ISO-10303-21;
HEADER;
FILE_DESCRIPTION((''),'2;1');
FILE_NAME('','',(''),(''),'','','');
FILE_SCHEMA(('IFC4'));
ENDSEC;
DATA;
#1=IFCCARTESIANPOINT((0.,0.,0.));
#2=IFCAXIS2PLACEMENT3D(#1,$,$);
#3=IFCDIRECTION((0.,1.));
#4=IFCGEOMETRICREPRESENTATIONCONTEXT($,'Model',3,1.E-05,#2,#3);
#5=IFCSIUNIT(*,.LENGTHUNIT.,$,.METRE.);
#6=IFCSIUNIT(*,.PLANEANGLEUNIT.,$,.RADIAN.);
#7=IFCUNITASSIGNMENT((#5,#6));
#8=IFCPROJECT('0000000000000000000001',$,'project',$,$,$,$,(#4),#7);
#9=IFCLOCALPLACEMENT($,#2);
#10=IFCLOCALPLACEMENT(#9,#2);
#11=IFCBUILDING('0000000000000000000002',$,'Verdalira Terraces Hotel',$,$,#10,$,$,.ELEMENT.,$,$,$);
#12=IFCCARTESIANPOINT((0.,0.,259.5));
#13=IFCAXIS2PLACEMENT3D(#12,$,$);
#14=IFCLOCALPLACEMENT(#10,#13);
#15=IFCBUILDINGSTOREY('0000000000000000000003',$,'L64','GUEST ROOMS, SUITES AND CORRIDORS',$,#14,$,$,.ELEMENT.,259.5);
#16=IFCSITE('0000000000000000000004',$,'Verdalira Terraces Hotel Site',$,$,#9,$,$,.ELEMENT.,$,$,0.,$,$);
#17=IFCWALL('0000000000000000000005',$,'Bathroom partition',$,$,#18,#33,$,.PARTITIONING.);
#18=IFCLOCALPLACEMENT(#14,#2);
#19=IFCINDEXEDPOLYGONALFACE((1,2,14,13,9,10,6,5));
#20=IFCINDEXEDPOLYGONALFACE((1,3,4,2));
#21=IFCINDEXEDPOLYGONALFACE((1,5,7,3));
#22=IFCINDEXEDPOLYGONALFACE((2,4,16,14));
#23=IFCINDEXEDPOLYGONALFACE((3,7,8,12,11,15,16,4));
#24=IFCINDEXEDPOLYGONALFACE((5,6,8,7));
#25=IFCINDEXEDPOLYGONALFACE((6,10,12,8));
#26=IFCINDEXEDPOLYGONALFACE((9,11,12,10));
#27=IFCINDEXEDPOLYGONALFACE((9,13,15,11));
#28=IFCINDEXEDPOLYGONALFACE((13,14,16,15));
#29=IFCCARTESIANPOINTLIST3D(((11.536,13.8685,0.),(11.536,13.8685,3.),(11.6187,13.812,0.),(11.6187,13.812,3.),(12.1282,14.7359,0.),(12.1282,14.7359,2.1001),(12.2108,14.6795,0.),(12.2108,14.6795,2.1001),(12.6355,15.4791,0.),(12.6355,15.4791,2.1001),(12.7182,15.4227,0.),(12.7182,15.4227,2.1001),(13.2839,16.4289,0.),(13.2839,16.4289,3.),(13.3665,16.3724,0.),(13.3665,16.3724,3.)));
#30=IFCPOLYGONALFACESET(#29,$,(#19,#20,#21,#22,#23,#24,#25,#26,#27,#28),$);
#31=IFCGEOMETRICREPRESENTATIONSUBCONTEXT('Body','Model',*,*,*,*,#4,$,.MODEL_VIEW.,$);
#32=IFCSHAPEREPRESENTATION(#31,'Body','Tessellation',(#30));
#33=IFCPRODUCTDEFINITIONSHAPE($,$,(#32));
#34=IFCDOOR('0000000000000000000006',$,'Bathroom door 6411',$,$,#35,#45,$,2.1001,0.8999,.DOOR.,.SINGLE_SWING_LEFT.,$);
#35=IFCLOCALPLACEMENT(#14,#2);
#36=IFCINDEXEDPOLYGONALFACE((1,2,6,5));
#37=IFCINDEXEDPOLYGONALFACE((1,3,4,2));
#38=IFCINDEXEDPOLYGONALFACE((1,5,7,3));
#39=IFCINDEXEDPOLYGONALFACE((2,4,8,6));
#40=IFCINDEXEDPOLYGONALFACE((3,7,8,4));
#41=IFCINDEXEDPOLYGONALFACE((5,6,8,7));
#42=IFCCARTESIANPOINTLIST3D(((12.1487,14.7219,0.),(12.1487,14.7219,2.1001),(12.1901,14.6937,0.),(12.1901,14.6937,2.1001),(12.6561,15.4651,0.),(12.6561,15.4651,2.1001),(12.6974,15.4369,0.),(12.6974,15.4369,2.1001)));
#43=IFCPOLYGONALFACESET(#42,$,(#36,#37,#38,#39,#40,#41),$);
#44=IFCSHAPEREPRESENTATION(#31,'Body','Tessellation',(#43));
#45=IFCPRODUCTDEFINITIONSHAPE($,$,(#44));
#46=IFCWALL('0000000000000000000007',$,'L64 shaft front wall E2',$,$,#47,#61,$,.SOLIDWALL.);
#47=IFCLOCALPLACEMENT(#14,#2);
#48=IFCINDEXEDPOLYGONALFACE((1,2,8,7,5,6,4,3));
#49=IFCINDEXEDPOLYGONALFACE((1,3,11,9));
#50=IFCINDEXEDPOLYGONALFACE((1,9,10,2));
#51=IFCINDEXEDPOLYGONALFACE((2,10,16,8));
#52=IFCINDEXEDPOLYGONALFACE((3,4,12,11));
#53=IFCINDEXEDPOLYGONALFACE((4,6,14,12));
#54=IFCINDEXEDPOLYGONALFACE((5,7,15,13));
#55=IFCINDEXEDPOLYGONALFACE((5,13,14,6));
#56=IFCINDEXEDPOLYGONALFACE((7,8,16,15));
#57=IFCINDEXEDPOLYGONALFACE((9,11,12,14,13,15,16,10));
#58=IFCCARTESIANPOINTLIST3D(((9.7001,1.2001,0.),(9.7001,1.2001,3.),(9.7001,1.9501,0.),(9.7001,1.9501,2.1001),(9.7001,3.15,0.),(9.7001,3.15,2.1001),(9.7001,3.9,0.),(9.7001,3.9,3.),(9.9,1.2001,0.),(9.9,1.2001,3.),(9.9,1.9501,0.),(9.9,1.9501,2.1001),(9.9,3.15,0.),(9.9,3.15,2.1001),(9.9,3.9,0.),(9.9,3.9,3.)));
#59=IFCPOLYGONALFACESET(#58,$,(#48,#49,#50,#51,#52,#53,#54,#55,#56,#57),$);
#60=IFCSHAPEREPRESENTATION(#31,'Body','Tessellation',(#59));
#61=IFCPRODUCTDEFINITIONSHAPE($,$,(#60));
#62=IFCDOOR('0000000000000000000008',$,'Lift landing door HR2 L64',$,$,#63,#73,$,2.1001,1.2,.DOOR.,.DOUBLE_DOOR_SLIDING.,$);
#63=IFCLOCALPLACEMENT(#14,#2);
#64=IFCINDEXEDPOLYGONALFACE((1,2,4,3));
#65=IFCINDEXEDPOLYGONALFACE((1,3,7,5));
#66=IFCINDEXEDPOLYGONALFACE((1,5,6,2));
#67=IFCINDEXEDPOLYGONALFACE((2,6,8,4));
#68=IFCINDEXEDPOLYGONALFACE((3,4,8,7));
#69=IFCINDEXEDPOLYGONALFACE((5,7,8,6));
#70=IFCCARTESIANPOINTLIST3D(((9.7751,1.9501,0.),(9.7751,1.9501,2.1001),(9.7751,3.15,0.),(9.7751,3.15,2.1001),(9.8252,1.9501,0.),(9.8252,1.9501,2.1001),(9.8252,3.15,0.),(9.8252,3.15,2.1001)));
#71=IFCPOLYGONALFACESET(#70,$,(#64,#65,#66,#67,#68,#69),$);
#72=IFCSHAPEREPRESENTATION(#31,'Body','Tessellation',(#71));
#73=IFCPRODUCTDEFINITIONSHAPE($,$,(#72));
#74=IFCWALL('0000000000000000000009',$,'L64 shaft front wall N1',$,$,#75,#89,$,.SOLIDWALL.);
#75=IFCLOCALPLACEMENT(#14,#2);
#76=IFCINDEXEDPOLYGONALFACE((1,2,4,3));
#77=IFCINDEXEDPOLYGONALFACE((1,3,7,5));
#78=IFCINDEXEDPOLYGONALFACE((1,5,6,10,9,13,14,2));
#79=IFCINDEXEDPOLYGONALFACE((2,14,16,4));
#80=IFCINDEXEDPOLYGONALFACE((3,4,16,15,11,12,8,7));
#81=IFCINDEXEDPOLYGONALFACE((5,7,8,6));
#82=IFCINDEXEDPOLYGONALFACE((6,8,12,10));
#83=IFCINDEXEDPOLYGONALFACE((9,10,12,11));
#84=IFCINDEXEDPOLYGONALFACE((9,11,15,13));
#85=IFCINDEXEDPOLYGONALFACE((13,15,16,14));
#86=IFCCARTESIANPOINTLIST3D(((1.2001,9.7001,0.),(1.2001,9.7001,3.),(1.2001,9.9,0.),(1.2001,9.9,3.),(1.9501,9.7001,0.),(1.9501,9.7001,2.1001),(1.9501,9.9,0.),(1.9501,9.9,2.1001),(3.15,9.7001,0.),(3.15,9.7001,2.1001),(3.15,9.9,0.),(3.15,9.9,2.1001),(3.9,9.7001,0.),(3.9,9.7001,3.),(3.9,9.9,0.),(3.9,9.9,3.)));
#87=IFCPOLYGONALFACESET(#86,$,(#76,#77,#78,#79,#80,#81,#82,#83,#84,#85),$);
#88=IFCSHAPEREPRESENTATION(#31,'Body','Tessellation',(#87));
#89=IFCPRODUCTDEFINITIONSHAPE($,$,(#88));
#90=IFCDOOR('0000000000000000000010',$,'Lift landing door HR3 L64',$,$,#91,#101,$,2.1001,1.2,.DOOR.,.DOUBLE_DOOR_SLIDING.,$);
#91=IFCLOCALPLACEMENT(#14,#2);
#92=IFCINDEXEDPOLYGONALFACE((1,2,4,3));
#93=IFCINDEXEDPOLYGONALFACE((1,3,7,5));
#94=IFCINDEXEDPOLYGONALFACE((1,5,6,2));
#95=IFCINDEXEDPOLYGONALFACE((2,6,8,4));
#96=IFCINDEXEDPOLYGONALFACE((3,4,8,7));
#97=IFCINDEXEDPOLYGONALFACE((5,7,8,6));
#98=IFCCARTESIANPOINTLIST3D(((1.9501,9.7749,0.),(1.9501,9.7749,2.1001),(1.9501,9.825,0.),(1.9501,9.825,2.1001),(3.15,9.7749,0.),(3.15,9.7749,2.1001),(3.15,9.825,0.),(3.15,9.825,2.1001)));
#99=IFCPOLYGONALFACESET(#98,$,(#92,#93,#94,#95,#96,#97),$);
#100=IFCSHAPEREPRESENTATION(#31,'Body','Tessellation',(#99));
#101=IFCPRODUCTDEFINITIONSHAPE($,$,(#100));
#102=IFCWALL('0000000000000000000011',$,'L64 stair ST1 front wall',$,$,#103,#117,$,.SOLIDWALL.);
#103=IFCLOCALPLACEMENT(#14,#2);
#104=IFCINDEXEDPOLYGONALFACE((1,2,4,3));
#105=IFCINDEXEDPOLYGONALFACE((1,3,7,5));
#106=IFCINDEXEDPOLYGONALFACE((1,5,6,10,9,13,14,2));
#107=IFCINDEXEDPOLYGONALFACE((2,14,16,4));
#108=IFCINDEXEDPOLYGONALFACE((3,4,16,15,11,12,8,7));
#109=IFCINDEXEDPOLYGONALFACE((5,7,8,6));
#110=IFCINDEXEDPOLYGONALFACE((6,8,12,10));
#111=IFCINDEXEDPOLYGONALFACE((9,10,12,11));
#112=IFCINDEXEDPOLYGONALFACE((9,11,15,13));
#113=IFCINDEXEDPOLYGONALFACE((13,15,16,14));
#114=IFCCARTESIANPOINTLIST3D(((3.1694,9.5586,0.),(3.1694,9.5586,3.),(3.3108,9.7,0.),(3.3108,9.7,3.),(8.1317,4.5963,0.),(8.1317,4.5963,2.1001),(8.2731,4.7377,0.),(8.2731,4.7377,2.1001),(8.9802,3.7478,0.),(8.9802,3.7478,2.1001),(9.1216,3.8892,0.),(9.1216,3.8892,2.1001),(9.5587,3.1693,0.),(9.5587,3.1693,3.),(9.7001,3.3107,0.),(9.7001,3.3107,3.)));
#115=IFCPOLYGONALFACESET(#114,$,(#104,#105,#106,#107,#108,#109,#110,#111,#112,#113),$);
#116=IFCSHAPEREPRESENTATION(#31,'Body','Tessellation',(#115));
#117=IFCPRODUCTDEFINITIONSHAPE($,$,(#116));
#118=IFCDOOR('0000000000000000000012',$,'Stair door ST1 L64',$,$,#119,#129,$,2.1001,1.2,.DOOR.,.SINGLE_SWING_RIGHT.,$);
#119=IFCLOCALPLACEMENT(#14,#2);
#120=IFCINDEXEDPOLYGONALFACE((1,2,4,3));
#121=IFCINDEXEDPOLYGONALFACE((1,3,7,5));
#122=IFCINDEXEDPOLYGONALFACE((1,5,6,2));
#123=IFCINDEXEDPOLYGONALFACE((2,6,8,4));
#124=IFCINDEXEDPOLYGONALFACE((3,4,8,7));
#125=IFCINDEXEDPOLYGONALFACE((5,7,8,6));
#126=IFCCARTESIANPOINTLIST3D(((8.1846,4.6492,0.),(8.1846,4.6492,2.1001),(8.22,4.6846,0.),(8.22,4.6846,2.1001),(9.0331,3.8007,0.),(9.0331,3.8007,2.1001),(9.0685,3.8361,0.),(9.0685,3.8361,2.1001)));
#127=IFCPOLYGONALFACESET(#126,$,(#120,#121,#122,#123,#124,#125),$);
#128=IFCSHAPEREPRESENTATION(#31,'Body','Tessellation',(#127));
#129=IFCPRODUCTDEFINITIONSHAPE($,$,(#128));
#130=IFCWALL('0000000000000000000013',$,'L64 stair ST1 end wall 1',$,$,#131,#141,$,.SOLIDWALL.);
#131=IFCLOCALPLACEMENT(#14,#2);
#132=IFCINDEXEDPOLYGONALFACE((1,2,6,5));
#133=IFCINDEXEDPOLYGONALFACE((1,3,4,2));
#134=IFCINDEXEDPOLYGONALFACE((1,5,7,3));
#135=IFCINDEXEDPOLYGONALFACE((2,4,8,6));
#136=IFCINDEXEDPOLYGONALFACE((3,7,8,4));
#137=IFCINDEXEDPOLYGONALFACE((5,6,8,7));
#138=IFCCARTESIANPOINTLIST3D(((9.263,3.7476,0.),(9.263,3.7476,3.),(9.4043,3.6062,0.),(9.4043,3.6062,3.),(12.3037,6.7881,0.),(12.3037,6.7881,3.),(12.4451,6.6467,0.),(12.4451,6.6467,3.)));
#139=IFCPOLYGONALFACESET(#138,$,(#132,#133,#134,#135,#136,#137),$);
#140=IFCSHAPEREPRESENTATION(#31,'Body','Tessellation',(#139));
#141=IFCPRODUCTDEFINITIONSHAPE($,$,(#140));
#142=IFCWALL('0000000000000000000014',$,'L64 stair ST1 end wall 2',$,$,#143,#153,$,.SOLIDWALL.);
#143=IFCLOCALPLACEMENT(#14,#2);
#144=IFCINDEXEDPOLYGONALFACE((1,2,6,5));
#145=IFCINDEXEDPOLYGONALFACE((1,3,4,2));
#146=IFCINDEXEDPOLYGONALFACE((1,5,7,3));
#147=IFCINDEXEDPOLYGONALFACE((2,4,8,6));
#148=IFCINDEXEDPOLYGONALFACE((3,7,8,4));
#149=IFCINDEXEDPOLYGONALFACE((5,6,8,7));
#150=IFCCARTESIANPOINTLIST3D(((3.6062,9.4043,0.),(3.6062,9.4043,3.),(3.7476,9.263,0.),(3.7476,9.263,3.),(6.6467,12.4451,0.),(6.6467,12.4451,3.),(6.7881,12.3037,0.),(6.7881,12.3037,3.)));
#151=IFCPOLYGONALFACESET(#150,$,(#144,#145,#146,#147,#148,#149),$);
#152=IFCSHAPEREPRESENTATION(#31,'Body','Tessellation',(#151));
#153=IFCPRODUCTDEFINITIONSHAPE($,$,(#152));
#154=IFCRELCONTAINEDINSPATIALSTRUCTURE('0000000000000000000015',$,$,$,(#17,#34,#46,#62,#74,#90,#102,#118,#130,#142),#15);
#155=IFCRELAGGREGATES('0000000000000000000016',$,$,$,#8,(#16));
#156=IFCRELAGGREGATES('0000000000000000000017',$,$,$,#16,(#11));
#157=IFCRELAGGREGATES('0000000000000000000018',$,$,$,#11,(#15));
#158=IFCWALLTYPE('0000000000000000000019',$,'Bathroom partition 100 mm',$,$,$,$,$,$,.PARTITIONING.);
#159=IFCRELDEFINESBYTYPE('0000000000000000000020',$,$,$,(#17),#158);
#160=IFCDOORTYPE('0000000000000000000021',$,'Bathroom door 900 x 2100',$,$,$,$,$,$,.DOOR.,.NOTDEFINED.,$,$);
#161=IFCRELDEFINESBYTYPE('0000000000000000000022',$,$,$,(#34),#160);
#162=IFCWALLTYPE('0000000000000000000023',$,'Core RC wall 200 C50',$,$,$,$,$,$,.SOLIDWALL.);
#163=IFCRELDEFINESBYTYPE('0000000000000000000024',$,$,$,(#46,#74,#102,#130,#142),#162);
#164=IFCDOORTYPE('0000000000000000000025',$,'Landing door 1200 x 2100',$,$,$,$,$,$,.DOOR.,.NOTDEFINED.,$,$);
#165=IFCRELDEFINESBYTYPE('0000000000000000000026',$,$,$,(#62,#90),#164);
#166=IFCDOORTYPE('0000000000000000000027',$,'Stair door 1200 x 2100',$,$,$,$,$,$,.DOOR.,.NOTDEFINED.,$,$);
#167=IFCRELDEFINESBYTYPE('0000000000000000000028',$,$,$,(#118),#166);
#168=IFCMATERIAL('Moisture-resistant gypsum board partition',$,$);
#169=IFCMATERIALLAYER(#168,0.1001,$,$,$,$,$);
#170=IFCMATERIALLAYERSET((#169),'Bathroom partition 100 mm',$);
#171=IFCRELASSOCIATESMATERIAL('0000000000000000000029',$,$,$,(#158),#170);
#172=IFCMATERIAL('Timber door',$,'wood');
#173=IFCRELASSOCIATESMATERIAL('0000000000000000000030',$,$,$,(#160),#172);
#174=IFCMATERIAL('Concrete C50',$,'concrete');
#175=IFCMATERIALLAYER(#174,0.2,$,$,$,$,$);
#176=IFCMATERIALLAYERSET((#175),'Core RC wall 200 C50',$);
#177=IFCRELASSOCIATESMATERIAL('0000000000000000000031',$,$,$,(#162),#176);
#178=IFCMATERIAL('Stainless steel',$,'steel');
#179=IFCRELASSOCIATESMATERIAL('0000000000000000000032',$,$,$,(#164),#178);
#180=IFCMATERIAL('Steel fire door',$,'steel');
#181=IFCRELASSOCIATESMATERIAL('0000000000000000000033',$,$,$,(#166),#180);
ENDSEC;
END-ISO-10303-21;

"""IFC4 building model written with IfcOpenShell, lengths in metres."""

from ifc_helpers import new_model, si_unit, direction, frame, frame_2d, origin, place, context, subcontext, project, spatial, rectangle, extrude, material, layer, layer_set, type_object, element, fill, save


model = new_model("IFC4")

# Units and contexts
model_context = context("Model", 3, precision=1e-05, world=origin(), true_north=direction((0.0, 1.0)))
body_context = subcontext(model_context, "Body", "Model", "MODEL_VIEW")
ifc_project = project(units=[si_unit("LENGTHUNIT", "METRE"), si_unit("PLANEANGLEUNIT", "RADIAN")], contexts=[model_context])

# Site, building, storey
site_placement = place(None, origin())
site = spatial("IfcSite", under=ifc_project, at=site_placement, Name="Verdalira Terraces Hotel Site", CompositionType="ELEMENT", RefElevation=0.0)
building_placement = place(site_placement, origin())
building = spatial("IfcBuilding", under=site, at=building_placement, Name="Verdalira Terraces Hotel", CompositionType="ELEMENT")
storey_placement = place(building_placement, frame((0.0, 0.0, 259.5)))
storey = spatial("IfcBuildingStorey", under=building, at=storey_placement, Name="L64", Description="GUEST ROOMS, SUITES AND CORRIDORS", CompositionType="ELEMENT", Elevation=259.5)

# Walls, openings, doors
ifc_material_1 = material(Name="Moisture-resistant gypsum board partition")
ifc_layer_1 = layer(ifc_material_1, 0.1001)
ifc_layer_set_1 = layer_set([ifc_layer_1], Name="Bathroom partition 100 mm")
wall_type_1 = type_object("IfcWallType", Name="Bathroom partition 100 mm", PredefinedType="PARTITIONING", material=ifc_layer_set_1)
wall_1_placement = place(storey_placement, frame((13.3252, 16.4006, 0.0), z_axis=(0.0, 0.0, 1.0), x_axis=(-0.563808, -0.825906, 0.0)))
wall_1 = element("IfcWall", 1, at=wall_1_placement, inside=storey, type_object=wall_type_1, Name="Bathroom partition", PredefinedType="PARTITIONING", context=body_context, shape_type="SweptSolid", body=[
    extrude(rectangle(XDim=3.1001, YDim=0.1001, at=frame_2d((1.55, 0.0))), origin(), (0.0, 0.0, 1.0), 3.0),
])
opening_1_placement = place(wall_1_placement, frame((1.1499, 0.0, 0.0)))
opening_1 = element("IfcOpeningElement", 2, at=opening_1_placement, cuts=wall_1, PredefinedType="OPENING", context=body_context, shape_type="SweptSolid", body=[
    extrude(rectangle(XDim=0.8999, YDim=2.1001, at=frame_2d((0.45, 1.05))), frame((0.0, 0.0601, 0.0), z_axis=(0.0, -1.0, 0.0), x_axis=(1.0, 0.0, 0.0)), (0.0, 0.0, 1.0), 0.1201),
])
ifc_material_2 = material(Name="Timber door", Category="wood")
door_type_1 = type_object("IfcDoorType", Name="Bathroom door 900 x 2100", OperationType="NOTDEFINED", PredefinedType="DOOR", material=ifc_material_2)
door_1_placement = place(opening_1_placement, origin())
door_1 = element("IfcDoor", 3, at=door_1_placement, inside=storey, type_object=door_type_1, Name="Bathroom door 6411", OperationType="SINGLE_SWING_LEFT", OverallHeight=2.1001, OverallWidth=0.8999, PredefinedType="DOOR", context=body_context, shape_type="SweptSolid", body=[
    extrude(rectangle(XDim=0.8999, YDim=2.1001, at=frame_2d((0.45, 1.05))), frame((0.0, 0.0249, 0.0), z_axis=(0.0, -1.0, 0.0), x_axis=(1.0, 0.0, 0.0)), (0.0, 0.0, 1.0), 0.05),
])
fill(opening_1, door_1)
ifc_material_3 = material(Name="Concrete C50", Category="concrete")
ifc_layer_2 = layer(ifc_material_3, 0.2)
ifc_layer_set_2 = layer_set([ifc_layer_2], Name="Core RC wall 200 C50")
wall_type_2 = type_object("IfcWallType", Name="Core RC wall 200 C50", PredefinedType="SOLIDWALL", material=ifc_layer_set_2)
wall_2_placement = place(storey_placement, frame((9.8, 1.2, 0.0), z_axis=(0.0, 0.0, 1.0), x_axis=(0.0, 1.0, 0.0)))
wall_2 = element("IfcWall", 4, at=wall_2_placement, inside=storey, type_object=wall_type_2, Name="L64 shaft front wall E2", PredefinedType="SOLIDWALL", context=body_context, shape_type="SweptSolid", body=[
    extrude(rectangle(XDim=2.7, YDim=0.2, at=frame_2d((1.3501, 0.0))), origin(), (0.0, 0.0, 1.0), 3.0),
])
opening_2_placement = place(wall_2_placement, frame((0.75, 0.0, 0.0)))
opening_2 = element("IfcOpeningElement", 5, at=opening_2_placement, cuts=wall_2, PredefinedType="OPENING", context=body_context, shape_type="SweptSolid", body=[
    extrude(rectangle(XDim=1.2, YDim=2.1001, at=frame_2d((0.6001, 1.05))), frame((0.0, 0.1099, 0.0), z_axis=(0.0, -1.0, 0.0), x_axis=(1.0, 0.0, 0.0)), (0.0, 0.0, 1.0), 0.22),
])
ifc_material_4 = material(Name="Stainless steel", Category="steel")
door_type_2 = type_object("IfcDoorType", Name="Landing door 1200 x 2100", OperationType="NOTDEFINED", PredefinedType="DOOR", material=ifc_material_4)
door_2_placement = place(opening_2_placement, origin())
door_2 = element("IfcDoor", 6, at=door_2_placement, inside=storey, type_object=door_type_2, Name="Lift landing door HR2 L64", OperationType="DOUBLE_DOOR_SLIDING", OverallHeight=2.1001, OverallWidth=1.2, PredefinedType="DOOR", context=body_context, shape_type="SweptSolid", body=[
    extrude(rectangle(XDim=1.2, YDim=2.1001, at=frame_2d((0.6001, 1.05))), frame((0.0, 0.0249, 0.0), z_axis=(0.0, -1.0, 0.0), x_axis=(1.0, 0.0, 0.0)), (0.0, 0.0, 1.0), 0.05),
])
fill(opening_2, door_2)
wall_3_placement = place(storey_placement, frame((1.2, 9.8, 0.0), z_axis=(0.0, 0.0, 1.0), x_axis=(1.0, 0.0, 0.0)))
wall_3 = element("IfcWall", 7, at=wall_3_placement, inside=storey, type_object=wall_type_2, Name="L64 shaft front wall N1", PredefinedType="SOLIDWALL", context=body_context, shape_type="SweptSolid", body=[
    extrude(rectangle(XDim=2.7, YDim=0.2, at=frame_2d((1.3501, 0.0))), origin(), (0.0, 0.0, 1.0), 3.0),
])
opening_3_placement = place(wall_3_placement, frame((0.75, 0.0, 0.0)))
opening_3 = element("IfcOpeningElement", 8, at=opening_3_placement, cuts=wall_3, PredefinedType="OPENING", context=body_context, shape_type="SweptSolid", body=[
    extrude(rectangle(XDim=1.2, YDim=2.1001, at=frame_2d((0.6001, 1.05))), frame((0.0, 0.1099, 0.0), z_axis=(0.0, -1.0, 0.0), x_axis=(1.0, 0.0, 0.0)), (0.0, 0.0, 1.0), 0.22),
])
door_3_placement = place(opening_3_placement, origin())
door_3 = element("IfcDoor", 9, at=door_3_placement, inside=storey, type_object=door_type_2, Name="Lift landing door HR3 L64", OperationType="DOUBLE_DOOR_SLIDING", OverallHeight=2.1001, OverallWidth=1.2, PredefinedType="DOOR", context=body_context, shape_type="SweptSolid", body=[
    extrude(rectangle(XDim=1.2, YDim=2.1001, at=frame_2d((0.6001, 1.05))), frame((0.0, 0.0249, 0.0), z_axis=(0.0, -1.0, 0.0), x_axis=(1.0, 0.0, 0.0)), (0.0, 0.0, 1.0), 0.05),
])
fill(opening_3, door_3)
wall_4_placement = place(storey_placement, frame((3.24, 9.6294, 0.0), z_axis=(0.0, 0.0, 1.0), x_axis=(0.707107, -0.707107, 0.0)))
wall_4 = element("IfcWall", 10, at=wall_4_placement, inside=storey, type_object=wall_type_2, Name="L64 stair ST1 front wall", PredefinedType="SOLIDWALL", context=body_context, shape_type="SweptSolid", body=[
    extrude(rectangle(XDim=9.0359, YDim=0.2, at=frame_2d((4.5181, 0.0))), origin(), (0.0, 0.0, 1.0), 3.0),
])
opening_4_placement = place(wall_4_placement, frame((7.0178, 0.0, 0.0)))
opening_4 = element("IfcOpeningElement", 11, at=opening_4_placement, cuts=wall_4, PredefinedType="OPENING", context=body_context, shape_type="SweptSolid", body=[
    extrude(rectangle(XDim=1.2, YDim=2.1001, at=frame_2d((0.6001, 1.05))), frame((0.0, 0.1099, 0.0), z_axis=(0.0, -1.0, 0.0), x_axis=(1.0, 0.0, 0.0)), (0.0, 0.0, 1.0), 0.22),
])
ifc_material_5 = material(Name="Steel fire door", Category="steel")
door_type_3 = type_object("IfcDoorType", Name="Stair door 1200 x 2100", OperationType="NOTDEFINED", PredefinedType="DOOR", material=ifc_material_5)
door_4_placement = place(opening_4_placement, origin())
door_4 = element("IfcDoor", 12, at=door_4_placement, inside=storey, type_object=door_type_3, Name="Stair door ST1 L64", OperationType="SINGLE_SWING_RIGHT", OverallHeight=2.1001, OverallWidth=1.2, PredefinedType="DOOR", context=body_context, shape_type="SweptSolid", body=[
    extrude(rectangle(XDim=1.2, YDim=2.1001, at=frame_2d((0.6001, 1.05))), frame((0.0, 0.0249, 0.0), z_axis=(0.0, -1.0, 0.0), x_axis=(1.0, 0.0, 0.0)), (0.0, 0.0, 1.0), 0.05),
])
fill(opening_4, door_4)

# Walls
for number, where, z_axis, x_axis, name in (
    (13, (9.3337, 3.677, 0.0), (0.0, 0.0, 1.0), (0.707135, 0.707078, 0.0), "L64 stair ST1 end wall 1"),
    (14, (3.677, 9.3337, 0.0), (0.0, 0.0, 1.0), (0.707078, 0.707135, 0.0), "L64 stair ST1 end wall 2"),
):
    element("IfcWall", number, at=place(storey_placement, frame(where, z_axis=z_axis, x_axis=x_axis)), inside=storey, type_object=wall_type_2, Name=name, PredefinedType="SOLIDWALL", context=body_context, shape_type="SweptSolid", body=[
        extrude(rectangle(XDim=4.3, YDim=0.2, at=frame_2d((2.1499, 0.0))), origin(), (0.0, 0.0, 1.0), 3.0),
    ])

save(model, "model.ifc")
